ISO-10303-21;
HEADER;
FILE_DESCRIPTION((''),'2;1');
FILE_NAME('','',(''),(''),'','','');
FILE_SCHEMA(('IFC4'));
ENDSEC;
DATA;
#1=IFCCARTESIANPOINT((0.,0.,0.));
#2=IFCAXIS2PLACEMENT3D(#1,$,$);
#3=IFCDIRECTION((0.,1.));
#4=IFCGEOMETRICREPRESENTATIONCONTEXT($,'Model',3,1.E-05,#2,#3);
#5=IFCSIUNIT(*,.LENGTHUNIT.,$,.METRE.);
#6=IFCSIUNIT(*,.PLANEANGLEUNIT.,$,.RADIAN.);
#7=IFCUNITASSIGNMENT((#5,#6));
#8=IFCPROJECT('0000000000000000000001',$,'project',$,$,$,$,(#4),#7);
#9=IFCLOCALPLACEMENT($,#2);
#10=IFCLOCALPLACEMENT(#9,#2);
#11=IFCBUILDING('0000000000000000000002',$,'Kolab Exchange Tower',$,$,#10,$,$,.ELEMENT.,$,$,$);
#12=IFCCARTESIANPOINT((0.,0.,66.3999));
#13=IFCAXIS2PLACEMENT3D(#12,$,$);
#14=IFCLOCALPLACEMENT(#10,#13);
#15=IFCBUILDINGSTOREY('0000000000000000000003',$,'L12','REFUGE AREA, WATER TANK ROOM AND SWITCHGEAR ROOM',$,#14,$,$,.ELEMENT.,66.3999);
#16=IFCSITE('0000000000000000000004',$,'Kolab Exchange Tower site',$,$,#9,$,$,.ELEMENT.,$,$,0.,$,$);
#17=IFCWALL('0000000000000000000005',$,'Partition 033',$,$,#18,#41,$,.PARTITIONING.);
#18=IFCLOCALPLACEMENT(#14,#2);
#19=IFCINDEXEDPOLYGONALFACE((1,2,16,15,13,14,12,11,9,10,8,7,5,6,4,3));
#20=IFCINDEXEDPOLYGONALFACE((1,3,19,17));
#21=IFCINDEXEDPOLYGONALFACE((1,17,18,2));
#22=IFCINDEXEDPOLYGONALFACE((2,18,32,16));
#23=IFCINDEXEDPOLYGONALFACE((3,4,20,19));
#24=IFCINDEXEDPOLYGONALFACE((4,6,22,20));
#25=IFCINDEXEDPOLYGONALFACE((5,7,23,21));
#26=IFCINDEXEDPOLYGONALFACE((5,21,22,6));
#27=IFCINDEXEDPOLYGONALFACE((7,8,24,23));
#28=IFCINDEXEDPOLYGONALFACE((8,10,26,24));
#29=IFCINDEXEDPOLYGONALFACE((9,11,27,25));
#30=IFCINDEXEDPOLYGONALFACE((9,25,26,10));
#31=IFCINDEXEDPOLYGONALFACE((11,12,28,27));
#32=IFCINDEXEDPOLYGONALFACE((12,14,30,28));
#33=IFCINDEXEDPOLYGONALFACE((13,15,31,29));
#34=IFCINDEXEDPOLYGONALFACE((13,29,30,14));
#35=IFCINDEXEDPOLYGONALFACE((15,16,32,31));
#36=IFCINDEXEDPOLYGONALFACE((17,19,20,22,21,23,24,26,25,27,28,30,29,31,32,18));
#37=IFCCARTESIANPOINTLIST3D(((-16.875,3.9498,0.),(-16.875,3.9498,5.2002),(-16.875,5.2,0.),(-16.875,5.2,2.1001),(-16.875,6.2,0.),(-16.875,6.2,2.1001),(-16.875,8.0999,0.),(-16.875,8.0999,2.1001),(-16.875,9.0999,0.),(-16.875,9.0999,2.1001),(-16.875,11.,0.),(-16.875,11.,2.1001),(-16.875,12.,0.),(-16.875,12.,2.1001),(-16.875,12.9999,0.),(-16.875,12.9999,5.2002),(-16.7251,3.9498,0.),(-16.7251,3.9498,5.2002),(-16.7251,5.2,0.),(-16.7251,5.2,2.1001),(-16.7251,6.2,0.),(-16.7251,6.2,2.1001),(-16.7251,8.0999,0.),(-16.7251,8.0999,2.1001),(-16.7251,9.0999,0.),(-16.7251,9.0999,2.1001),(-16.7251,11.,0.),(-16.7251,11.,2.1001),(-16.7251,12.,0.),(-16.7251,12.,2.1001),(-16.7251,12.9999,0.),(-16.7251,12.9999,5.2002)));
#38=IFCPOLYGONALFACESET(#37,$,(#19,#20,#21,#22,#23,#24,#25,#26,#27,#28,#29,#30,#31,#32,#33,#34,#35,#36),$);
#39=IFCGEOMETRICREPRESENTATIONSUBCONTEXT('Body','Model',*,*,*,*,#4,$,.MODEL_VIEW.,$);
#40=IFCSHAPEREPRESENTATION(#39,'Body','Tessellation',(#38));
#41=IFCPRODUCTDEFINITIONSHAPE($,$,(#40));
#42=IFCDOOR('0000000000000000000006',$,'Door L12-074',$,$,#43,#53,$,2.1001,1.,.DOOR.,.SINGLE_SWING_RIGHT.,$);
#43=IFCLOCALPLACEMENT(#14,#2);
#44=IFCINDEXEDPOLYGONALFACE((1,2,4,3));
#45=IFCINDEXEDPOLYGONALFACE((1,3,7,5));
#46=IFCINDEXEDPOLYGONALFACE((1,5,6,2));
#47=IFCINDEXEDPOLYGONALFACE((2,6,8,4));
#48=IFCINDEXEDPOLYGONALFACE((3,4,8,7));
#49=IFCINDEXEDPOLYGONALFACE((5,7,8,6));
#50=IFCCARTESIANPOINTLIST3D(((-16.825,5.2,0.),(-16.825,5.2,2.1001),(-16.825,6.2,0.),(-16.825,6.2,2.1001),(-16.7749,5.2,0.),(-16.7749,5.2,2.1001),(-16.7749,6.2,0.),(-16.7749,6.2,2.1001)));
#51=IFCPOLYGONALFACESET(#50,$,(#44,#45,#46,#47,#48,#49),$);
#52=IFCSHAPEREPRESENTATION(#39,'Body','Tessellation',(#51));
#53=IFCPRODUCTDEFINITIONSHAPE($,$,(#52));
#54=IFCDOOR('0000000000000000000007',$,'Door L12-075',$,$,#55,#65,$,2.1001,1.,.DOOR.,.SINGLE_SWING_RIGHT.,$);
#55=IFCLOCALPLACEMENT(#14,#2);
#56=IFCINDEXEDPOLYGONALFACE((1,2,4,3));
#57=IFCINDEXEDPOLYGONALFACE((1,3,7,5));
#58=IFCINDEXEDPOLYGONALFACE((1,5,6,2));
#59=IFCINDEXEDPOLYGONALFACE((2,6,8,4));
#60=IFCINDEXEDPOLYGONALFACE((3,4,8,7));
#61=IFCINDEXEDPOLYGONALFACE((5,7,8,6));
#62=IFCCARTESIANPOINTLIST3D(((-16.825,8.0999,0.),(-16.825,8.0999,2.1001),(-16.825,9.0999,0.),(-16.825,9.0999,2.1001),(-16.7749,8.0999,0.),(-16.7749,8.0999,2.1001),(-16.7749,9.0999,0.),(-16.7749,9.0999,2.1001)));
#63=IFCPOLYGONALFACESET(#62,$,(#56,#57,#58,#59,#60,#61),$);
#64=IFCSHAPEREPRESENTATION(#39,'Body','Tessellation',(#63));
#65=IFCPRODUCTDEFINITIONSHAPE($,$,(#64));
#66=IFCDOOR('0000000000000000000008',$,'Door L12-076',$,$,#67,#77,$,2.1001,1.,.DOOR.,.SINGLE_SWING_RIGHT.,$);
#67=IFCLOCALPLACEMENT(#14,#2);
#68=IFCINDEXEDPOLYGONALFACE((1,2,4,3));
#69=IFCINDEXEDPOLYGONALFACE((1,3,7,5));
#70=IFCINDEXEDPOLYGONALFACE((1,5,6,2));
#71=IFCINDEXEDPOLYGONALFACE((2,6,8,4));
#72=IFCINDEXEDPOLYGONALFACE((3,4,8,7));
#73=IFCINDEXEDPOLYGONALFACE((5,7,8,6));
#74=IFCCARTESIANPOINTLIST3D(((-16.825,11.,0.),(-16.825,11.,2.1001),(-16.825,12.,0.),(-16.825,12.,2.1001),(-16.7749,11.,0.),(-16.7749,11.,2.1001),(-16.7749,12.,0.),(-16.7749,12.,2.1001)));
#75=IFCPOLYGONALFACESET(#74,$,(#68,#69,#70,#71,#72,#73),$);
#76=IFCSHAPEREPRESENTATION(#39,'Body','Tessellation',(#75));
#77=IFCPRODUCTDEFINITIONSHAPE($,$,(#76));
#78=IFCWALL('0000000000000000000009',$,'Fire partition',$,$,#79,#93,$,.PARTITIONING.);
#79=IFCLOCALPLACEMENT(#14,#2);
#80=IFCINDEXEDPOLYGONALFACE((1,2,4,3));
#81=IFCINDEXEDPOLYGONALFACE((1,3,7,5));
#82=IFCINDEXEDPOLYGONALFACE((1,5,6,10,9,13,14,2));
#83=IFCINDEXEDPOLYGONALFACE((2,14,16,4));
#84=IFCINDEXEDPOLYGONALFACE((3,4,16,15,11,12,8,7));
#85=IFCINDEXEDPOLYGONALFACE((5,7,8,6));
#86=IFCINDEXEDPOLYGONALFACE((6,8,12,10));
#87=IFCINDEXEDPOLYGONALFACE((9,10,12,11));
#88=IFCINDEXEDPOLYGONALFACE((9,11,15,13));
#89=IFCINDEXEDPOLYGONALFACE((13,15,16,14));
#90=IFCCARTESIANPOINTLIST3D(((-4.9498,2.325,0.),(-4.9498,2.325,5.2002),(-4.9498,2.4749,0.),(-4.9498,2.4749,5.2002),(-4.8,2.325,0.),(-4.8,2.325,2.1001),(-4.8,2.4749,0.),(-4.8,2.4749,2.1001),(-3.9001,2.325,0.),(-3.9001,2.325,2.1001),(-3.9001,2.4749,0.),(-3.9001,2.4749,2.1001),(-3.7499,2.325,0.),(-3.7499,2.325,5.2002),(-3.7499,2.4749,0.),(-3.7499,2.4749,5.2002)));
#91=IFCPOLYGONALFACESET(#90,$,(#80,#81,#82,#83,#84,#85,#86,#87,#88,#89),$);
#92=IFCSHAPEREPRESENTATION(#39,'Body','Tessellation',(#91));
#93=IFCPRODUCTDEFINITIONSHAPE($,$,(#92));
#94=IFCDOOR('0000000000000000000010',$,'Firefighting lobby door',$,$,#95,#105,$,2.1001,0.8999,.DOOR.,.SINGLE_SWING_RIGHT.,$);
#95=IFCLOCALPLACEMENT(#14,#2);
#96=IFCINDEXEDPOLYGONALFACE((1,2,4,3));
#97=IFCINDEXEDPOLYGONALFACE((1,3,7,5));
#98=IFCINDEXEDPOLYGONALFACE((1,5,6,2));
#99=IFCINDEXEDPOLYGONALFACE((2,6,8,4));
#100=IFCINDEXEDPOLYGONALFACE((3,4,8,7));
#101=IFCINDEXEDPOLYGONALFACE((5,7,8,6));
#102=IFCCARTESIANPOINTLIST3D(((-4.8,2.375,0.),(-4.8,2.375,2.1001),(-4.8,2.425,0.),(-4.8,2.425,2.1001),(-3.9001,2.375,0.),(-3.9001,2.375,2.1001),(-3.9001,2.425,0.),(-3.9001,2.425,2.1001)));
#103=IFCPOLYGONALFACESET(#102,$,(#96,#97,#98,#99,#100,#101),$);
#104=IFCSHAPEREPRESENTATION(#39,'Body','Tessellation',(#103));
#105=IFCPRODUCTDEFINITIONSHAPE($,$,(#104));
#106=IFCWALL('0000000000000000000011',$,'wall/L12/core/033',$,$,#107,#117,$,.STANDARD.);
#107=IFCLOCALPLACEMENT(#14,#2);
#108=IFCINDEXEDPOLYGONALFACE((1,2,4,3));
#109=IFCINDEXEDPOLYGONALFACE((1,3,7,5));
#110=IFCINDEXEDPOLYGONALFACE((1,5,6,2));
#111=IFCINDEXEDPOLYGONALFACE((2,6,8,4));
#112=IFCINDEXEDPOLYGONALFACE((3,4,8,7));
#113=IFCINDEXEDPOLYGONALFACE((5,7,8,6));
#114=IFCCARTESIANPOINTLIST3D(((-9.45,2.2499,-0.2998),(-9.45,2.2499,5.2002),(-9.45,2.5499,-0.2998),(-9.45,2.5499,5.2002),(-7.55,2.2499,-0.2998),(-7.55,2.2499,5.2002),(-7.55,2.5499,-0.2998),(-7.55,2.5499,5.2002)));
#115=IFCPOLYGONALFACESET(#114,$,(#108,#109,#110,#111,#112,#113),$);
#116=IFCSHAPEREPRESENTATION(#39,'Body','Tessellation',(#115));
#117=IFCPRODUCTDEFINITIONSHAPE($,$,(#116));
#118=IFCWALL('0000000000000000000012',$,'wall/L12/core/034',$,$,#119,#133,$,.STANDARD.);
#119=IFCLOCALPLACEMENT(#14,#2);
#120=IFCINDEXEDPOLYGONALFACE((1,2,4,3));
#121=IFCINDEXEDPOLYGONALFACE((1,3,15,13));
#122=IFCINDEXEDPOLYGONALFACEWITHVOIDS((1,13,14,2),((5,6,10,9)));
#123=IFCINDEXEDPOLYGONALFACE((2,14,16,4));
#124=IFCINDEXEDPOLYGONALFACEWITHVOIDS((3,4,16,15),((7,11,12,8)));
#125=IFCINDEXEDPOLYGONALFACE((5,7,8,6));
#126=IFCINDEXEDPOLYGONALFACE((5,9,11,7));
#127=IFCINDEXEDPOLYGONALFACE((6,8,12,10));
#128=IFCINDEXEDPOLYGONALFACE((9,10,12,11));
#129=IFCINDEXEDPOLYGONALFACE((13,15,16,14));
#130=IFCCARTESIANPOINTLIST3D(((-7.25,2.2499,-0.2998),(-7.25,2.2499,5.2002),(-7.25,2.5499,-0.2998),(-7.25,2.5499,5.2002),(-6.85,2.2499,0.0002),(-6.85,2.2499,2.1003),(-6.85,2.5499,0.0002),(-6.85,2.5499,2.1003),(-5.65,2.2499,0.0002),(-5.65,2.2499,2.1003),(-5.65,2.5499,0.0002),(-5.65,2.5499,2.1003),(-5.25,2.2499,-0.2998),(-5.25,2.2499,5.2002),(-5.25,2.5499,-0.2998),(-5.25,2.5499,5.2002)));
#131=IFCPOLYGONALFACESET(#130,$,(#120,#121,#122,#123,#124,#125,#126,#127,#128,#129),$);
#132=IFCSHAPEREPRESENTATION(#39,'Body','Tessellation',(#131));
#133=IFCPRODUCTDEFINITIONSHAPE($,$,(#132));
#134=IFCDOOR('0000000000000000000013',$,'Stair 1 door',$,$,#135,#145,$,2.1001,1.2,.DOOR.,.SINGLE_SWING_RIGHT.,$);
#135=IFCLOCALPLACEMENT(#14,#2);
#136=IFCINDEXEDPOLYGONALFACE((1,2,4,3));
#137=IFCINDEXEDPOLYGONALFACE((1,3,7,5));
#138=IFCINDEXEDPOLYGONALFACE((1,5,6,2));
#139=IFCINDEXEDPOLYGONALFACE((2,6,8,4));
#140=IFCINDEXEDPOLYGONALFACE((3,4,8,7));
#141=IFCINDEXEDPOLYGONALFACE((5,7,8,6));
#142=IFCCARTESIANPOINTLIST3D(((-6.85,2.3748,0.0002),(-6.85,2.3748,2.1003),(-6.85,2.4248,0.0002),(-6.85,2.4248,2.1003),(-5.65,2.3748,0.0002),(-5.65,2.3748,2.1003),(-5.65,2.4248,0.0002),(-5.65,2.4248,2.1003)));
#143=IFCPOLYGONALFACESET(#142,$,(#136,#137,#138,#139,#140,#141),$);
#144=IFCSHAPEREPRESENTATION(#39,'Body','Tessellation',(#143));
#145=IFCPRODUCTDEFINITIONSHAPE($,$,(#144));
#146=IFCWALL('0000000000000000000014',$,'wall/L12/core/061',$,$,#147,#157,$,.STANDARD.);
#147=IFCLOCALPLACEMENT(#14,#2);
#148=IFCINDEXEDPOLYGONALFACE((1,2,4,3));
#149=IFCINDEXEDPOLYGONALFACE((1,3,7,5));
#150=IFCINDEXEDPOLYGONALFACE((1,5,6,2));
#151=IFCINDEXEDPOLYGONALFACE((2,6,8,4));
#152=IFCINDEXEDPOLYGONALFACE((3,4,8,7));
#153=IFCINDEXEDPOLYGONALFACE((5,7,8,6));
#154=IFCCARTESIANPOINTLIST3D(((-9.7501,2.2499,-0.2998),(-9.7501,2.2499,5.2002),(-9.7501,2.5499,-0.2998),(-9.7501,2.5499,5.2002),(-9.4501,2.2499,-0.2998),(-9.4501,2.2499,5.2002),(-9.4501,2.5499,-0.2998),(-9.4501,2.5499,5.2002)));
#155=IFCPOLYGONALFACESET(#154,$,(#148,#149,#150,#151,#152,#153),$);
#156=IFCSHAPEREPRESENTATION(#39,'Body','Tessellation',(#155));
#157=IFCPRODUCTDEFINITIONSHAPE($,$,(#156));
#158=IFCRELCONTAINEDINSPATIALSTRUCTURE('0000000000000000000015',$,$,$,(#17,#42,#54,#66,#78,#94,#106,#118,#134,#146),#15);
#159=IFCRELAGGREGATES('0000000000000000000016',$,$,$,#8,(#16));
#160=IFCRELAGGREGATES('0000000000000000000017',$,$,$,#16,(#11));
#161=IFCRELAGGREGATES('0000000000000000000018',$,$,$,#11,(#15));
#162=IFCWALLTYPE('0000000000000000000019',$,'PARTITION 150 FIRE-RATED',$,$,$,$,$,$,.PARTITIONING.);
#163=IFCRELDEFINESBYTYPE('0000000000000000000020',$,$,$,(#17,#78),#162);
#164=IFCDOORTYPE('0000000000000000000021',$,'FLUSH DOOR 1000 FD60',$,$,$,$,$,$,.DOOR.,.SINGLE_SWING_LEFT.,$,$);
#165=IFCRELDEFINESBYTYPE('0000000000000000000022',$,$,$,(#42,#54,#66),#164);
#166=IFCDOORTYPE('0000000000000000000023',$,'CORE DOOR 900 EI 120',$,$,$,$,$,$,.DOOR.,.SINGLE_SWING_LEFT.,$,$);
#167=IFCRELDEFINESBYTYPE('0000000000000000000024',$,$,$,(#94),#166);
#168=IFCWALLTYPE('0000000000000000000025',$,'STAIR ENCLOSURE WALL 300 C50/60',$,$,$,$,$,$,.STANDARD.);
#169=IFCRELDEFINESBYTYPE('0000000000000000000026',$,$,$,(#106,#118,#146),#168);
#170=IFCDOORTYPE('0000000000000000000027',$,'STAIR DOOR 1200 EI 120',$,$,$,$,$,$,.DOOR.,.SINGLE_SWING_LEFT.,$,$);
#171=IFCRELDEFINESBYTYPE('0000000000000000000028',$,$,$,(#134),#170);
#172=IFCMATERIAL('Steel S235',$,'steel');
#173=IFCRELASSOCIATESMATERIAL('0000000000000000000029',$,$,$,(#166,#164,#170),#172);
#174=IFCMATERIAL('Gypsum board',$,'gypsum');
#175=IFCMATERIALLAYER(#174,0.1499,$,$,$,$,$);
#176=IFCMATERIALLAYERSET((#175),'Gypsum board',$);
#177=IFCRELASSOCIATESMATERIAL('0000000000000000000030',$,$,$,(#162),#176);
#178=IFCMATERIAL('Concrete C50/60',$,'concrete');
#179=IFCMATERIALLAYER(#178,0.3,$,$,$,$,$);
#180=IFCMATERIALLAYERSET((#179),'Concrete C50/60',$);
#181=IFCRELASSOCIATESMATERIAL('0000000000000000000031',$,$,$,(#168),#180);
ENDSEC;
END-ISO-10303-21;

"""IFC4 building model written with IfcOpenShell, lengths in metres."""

from ifc_helpers import new_model, si_unit, direction, frame, frame_2d, origin, place, context, subcontext, project, spatial, rectangle, extrude, material, layer, layer_set, type_object, element, fill, save


model = new_model("IFC4")

# Units and contexts
model_context = context("Model", 3, precision=1e-05, world=origin(), true_north=direction((0.0, 1.0)))
body_context = subcontext(model_context, "Body", "Model", "MODEL_VIEW")
ifc_project = project(units=[si_unit("LENGTHUNIT", "METRE"), si_unit("PLANEANGLEUNIT", "RADIAN")], contexts=[model_context])

# Site, building, storey
site_placement = place(None, origin())
site = spatial("IfcSite", under=ifc_project, at=site_placement, Name="Kolab Exchange Tower site", CompositionType="ELEMENT", RefElevation=0.0)
building_placement = place(site_placement, origin())
building = spatial("IfcBuilding", under=site, at=building_placement, Name="Kolab Exchange Tower", CompositionType="ELEMENT")
storey_placement = place(building_placement, frame((0.0, 0.0, 66.3999)))
storey = spatial("IfcBuildingStorey", under=building, at=storey_placement, Name="L12", Description="REFUGE AREA, WATER TANK ROOM AND SWITCHGEAR ROOM", CompositionType="ELEMENT", Elevation=66.3999)

# Shared definitions
ifc_material_1 = material(Name="Steel S235", Category="steel")
door_type_1 = type_object("IfcDoorType", Name="CORE DOOR 900 EI 120", OperationType="SINGLE_SWING_LEFT", PredefinedType="DOOR", material=ifc_material_1)

# Shared definitions
ifc_material_2 = material(Name="Concrete C50/60", Category="concrete")
ifc_material_3 = material(Name="Gypsum board", Category="gypsum")
ifc_layer_1 = layer(ifc_material_3, 0.1499)
ifc_layer_set_1 = layer_set([ifc_layer_1], Name="Gypsum board")
wall_type_1 = type_object("IfcWallType", Name="PARTITION 150 FIRE-RATED", PredefinedType="PARTITIONING", material=ifc_layer_set_1)

# Wall, openings, doors
wall_1_placement = place(storey_placement, frame((-16.8, 3.95, 0.0), z_axis=(0.0, 0.0, 1.0), x_axis=(0.0, 1.0, 0.0)))
wall_1 = element("IfcWall", 1, at=wall_1_placement, inside=storey, type_object=wall_type_1, Name="Partition 033", PredefinedType="PARTITIONING", context=body_context, shape_type="SweptSolid", body=[
    extrude(rectangle(XDim=9.05, YDim=0.1499, at=frame_2d((4.5249, 0.0))), origin(), (0.0, 0.0, 1.0), 5.2002),
])
opening_1_placement = place(wall_1_placement, frame((1.25, 0.0, 0.0)))
opening_1 = element("IfcOpeningElement", 2, at=opening_1_placement, cuts=wall_1, PredefinedType="OPENING", context=body_context, shape_type="SweptSolid", body=[
    extrude(rectangle(XDim=1.0, YDim=2.1001, at=frame_2d((0.5, 1.05))), frame((0.0, 0.085, 0.0), z_axis=(0.0, -1.0, 0.0), x_axis=(1.0, 0.0, 0.0)), (0.0, 0.0, 1.0), 0.1699),
])
opening_2_placement = place(wall_1_placement, frame((4.1499, 0.0, 0.0)))
opening_2 = element("IfcOpeningElement", 3, at=opening_2_placement, cuts=wall_1, PredefinedType="OPENING", context=body_context, shape_type="SweptSolid", body=[
    extrude(rectangle(XDim=1.0, YDim=2.1001, at=frame_2d((0.5, 1.05))), frame((0.0, 0.085, 0.0), z_axis=(0.0, -1.0, 0.0), x_axis=(1.0, 0.0, 0.0)), (0.0, 0.0, 1.0), 0.1699),
])
opening_3_placement = place(wall_1_placement, frame((7.05, 0.0, 0.0)))
opening_3 = element("IfcOpeningElement", 4, at=opening_3_placement, cuts=wall_1, PredefinedType="OPENING", context=body_context, shape_type="SweptSolid", body=[
    extrude(rectangle(XDim=1.0, YDim=2.1001, at=frame_2d((0.5, 1.05))), frame((0.0, 0.085, 0.0), z_axis=(0.0, -1.0, 0.0), x_axis=(1.0, 0.0, 0.0)), (0.0, 0.0, 1.0), 0.1699),
])
door_type_2 = type_object("IfcDoorType", Name="FLUSH DOOR 1000 FD60", OperationType="SINGLE_SWING_LEFT", PredefinedType="DOOR", material=ifc_material_1)
door_1_placement = place(opening_1_placement, origin())
door_1 = element("IfcDoor", 5, at=door_1_placement, inside=storey, type_object=door_type_2, Name="Door L12-074", OperationType="SINGLE_SWING_RIGHT", OverallHeight=2.1001, OverallWidth=1.0, PredefinedType="DOOR", context=body_context, shape_type="SweptSolid", body=[
    extrude(rectangle(XDim=1.0, YDim=2.1001, at=frame_2d((0.5, 1.05))), frame((0.0, 0.0249, 0.0), z_axis=(0.0, -1.0, 0.0), x_axis=(1.0, 0.0, 0.0)), (0.0, 0.0, 1.0), 0.05),
])
fill(opening_1, door_1)
door_2_placement = place(opening_2_placement, origin())
door_2 = element("IfcDoor", 6, at=door_2_placement, inside=storey, type_object=door_type_2, Name="Door L12-075", OperationType="SINGLE_SWING_RIGHT", OverallHeight=2.1001, OverallWidth=1.0, PredefinedType="DOOR", context=body_context, shape_type="SweptSolid", body=[
    extrude(rectangle(XDim=1.0, YDim=2.1001, at=frame_2d((0.5, 1.05))), frame((0.0, 0.0249, 0.0), z_axis=(0.0, -1.0, 0.0), x_axis=(1.0, 0.0, 0.0)), (0.0, 0.0, 1.0), 0.05),
])
fill(opening_2, door_2)
door_3_placement = place(opening_3_placement, origin())
door_3 = element("IfcDoor", 7, at=door_3_placement, inside=storey, type_object=door_type_2, Name="Door L12-076", OperationType="SINGLE_SWING_RIGHT", OverallHeight=2.1001, OverallWidth=1.0, PredefinedType="DOOR", context=body_context, shape_type="SweptSolid", body=[
    extrude(rectangle(XDim=1.0, YDim=2.1001, at=frame_2d((0.5, 1.05))), frame((0.0, 0.0249, 0.0), z_axis=(0.0, -1.0, 0.0), x_axis=(1.0, 0.0, 0.0)), (0.0, 0.0, 1.0), 0.05),
])
fill(opening_3, door_3)

# Wall, opening, door
wall_2_placement = place(storey_placement, frame((-4.95, 2.3999, 0.0), z_axis=(0.0, 0.0, 1.0), x_axis=(1.0, 0.0, 0.0)))
wall_2 = element("IfcWall", 8, at=wall_2_placement, inside=storey, type_object=wall_type_1, Name="Fire partition", PredefinedType="PARTITIONING", context=body_context, shape_type="SweptSolid", body=[
    extrude(rectangle(XDim=1.2, YDim=0.1499, at=frame_2d((0.6001, 0.0))), origin(), (0.0, 0.0, 1.0), 5.2002),
])
opening_4_placement = place(wall_2_placement, frame((0.1499, 0.0, 0.0)))
opening_4 = element("IfcOpeningElement", 9, at=opening_4_placement, cuts=wall_2, PredefinedType="OPENING", context=body_context, shape_type="SweptSolid", body=[
    extrude(rectangle(XDim=0.8999, YDim=2.1001, at=frame_2d((0.45, 1.05))), frame((0.0, 0.085, 0.0), z_axis=(0.0, -1.0, 0.0), x_axis=(1.0, 0.0, 0.0)), (0.0, 0.0, 1.0), 0.1699),
])
door_4_placement = place(opening_4_placement, frame((0.8999, 0.0, 0.0), z_axis=(0.0, 0.0, 1.0), x_axis=(-1.0, 0.0, 0.0)))
door_4 = element("IfcDoor", 10, at=door_4_placement, inside=storey, type_object=door_type_1, Name="Firefighting lobby door", OperationType="SINGLE_SWING_RIGHT", OverallHeight=2.1001, OverallWidth=0.8999, PredefinedType="DOOR", context=body_context, shape_type="SweptSolid", body=[
    extrude(rectangle(XDim=0.8999, YDim=2.1001, at=frame_2d((0.45, 1.05))), frame((0.0, 0.0249, 0.0), z_axis=(0.0, -1.0, 0.0), x_axis=(1.0, 0.0, 0.0)), (0.0, 0.0, 1.0), 0.05),
])
fill(opening_4, door_4)

# Wall
ifc_layer_2 = layer(ifc_material_2, 0.3)
ifc_layer_set_2 = layer_set([ifc_layer_2], Name="Concrete C50/60")
wall_type_2 = type_object("IfcWallType", Name="STAIR ENCLOSURE WALL 300 C50/60", PredefinedType="STANDARD", material=ifc_layer_set_2)
wall_3_placement = place(storey_placement, frame((-9.45, 2.3999, -0.2998), z_axis=(0.0, 0.0, 1.0), x_axis=(1.0, 0.0, 0.0)))
element("IfcWall", 11, at=wall_3_placement, inside=storey, type_object=wall_type_2, Name="wall/L12/core/033", PredefinedType="STANDARD", context=body_context, shape_type="SweptSolid", body=[
    extrude(rectangle(XDim=1.8999, YDim=0.3, at=frame_2d((0.95, 0.0))), origin(), (0.0, 0.0, 1.0), 5.5),
])

# Wall, opening, door
wall_4_placement = place(storey_placement, frame((-7.25, 2.3999, -0.2998), z_axis=(0.0, 0.0, 1.0), x_axis=(1.0, 0.0, 0.0)))
wall_4 = element("IfcWall", 12, at=wall_4_placement, inside=storey, type_object=wall_type_2, Name="wall/L12/core/034", PredefinedType="STANDARD", context=body_context, shape_type="SweptSolid", body=[
    extrude(rectangle(XDim=2.0, YDim=0.3, at=frame_2d((1.0, 0.0))), origin(), (0.0, 0.0, 1.0), 5.5),
])
opening_5_placement = place(wall_4_placement, frame((0.3999, 0.0, 0.3)))
opening_5 = element("IfcOpeningElement", 13, at=opening_5_placement, cuts=wall_4, PredefinedType="OPENING", context=body_context, shape_type="SweptSolid", body=[
    extrude(rectangle(XDim=1.2, YDim=2.1001, at=frame_2d((0.6001, 1.05))), frame((0.0, 0.1602, 0.0), z_axis=(0.0, -1.0, 0.0), x_axis=(1.0, 0.0, 0.0)), (0.0, 0.0, 1.0), 0.3201),
])
door_type_3 = type_object("IfcDoorType", Name="STAIR DOOR 1200 EI 120", OperationType="SINGLE_SWING_LEFT", PredefinedType="DOOR", material=ifc_material_1)
door_5_placement = place(opening_5_placement, origin())
door_5 = element("IfcDoor", 14, at=door_5_placement, inside=storey, type_object=door_type_3, Name="Stair 1 door", OperationType="SINGLE_SWING_RIGHT", OverallHeight=2.1001, OverallWidth=1.2, PredefinedType="DOOR", context=body_context, shape_type="SweptSolid", body=[
    extrude(rectangle(XDim=1.2, YDim=2.1001, at=frame_2d((0.6001, 1.05))), frame((0.0, 0.0249, 0.0), z_axis=(0.0, -1.0, 0.0), x_axis=(1.0, 0.0, 0.0)), (0.0, 0.0, 1.0), 0.05),
])
fill(opening_5, door_5)

# Wall
wall_5_placement = place(storey_placement, frame((-9.6001, 2.25, -0.2998), z_axis=(0.0, 0.0, 1.0), x_axis=(0.0, 1.0, 0.0)))
element("IfcWall", 15, at=wall_5_placement, inside=storey, type_object=wall_type_2, Name="wall/L12/core/061", PredefinedType="STANDARD", context=body_context, shape_type="SweptSolid", body=[
    extrude(rectangle(XDim=0.3, YDim=0.3, at=frame_2d((0.1499, 0.0))), origin(), (0.0, 0.0, 1.0), 5.5),
])

save(model, "model.ifc")
